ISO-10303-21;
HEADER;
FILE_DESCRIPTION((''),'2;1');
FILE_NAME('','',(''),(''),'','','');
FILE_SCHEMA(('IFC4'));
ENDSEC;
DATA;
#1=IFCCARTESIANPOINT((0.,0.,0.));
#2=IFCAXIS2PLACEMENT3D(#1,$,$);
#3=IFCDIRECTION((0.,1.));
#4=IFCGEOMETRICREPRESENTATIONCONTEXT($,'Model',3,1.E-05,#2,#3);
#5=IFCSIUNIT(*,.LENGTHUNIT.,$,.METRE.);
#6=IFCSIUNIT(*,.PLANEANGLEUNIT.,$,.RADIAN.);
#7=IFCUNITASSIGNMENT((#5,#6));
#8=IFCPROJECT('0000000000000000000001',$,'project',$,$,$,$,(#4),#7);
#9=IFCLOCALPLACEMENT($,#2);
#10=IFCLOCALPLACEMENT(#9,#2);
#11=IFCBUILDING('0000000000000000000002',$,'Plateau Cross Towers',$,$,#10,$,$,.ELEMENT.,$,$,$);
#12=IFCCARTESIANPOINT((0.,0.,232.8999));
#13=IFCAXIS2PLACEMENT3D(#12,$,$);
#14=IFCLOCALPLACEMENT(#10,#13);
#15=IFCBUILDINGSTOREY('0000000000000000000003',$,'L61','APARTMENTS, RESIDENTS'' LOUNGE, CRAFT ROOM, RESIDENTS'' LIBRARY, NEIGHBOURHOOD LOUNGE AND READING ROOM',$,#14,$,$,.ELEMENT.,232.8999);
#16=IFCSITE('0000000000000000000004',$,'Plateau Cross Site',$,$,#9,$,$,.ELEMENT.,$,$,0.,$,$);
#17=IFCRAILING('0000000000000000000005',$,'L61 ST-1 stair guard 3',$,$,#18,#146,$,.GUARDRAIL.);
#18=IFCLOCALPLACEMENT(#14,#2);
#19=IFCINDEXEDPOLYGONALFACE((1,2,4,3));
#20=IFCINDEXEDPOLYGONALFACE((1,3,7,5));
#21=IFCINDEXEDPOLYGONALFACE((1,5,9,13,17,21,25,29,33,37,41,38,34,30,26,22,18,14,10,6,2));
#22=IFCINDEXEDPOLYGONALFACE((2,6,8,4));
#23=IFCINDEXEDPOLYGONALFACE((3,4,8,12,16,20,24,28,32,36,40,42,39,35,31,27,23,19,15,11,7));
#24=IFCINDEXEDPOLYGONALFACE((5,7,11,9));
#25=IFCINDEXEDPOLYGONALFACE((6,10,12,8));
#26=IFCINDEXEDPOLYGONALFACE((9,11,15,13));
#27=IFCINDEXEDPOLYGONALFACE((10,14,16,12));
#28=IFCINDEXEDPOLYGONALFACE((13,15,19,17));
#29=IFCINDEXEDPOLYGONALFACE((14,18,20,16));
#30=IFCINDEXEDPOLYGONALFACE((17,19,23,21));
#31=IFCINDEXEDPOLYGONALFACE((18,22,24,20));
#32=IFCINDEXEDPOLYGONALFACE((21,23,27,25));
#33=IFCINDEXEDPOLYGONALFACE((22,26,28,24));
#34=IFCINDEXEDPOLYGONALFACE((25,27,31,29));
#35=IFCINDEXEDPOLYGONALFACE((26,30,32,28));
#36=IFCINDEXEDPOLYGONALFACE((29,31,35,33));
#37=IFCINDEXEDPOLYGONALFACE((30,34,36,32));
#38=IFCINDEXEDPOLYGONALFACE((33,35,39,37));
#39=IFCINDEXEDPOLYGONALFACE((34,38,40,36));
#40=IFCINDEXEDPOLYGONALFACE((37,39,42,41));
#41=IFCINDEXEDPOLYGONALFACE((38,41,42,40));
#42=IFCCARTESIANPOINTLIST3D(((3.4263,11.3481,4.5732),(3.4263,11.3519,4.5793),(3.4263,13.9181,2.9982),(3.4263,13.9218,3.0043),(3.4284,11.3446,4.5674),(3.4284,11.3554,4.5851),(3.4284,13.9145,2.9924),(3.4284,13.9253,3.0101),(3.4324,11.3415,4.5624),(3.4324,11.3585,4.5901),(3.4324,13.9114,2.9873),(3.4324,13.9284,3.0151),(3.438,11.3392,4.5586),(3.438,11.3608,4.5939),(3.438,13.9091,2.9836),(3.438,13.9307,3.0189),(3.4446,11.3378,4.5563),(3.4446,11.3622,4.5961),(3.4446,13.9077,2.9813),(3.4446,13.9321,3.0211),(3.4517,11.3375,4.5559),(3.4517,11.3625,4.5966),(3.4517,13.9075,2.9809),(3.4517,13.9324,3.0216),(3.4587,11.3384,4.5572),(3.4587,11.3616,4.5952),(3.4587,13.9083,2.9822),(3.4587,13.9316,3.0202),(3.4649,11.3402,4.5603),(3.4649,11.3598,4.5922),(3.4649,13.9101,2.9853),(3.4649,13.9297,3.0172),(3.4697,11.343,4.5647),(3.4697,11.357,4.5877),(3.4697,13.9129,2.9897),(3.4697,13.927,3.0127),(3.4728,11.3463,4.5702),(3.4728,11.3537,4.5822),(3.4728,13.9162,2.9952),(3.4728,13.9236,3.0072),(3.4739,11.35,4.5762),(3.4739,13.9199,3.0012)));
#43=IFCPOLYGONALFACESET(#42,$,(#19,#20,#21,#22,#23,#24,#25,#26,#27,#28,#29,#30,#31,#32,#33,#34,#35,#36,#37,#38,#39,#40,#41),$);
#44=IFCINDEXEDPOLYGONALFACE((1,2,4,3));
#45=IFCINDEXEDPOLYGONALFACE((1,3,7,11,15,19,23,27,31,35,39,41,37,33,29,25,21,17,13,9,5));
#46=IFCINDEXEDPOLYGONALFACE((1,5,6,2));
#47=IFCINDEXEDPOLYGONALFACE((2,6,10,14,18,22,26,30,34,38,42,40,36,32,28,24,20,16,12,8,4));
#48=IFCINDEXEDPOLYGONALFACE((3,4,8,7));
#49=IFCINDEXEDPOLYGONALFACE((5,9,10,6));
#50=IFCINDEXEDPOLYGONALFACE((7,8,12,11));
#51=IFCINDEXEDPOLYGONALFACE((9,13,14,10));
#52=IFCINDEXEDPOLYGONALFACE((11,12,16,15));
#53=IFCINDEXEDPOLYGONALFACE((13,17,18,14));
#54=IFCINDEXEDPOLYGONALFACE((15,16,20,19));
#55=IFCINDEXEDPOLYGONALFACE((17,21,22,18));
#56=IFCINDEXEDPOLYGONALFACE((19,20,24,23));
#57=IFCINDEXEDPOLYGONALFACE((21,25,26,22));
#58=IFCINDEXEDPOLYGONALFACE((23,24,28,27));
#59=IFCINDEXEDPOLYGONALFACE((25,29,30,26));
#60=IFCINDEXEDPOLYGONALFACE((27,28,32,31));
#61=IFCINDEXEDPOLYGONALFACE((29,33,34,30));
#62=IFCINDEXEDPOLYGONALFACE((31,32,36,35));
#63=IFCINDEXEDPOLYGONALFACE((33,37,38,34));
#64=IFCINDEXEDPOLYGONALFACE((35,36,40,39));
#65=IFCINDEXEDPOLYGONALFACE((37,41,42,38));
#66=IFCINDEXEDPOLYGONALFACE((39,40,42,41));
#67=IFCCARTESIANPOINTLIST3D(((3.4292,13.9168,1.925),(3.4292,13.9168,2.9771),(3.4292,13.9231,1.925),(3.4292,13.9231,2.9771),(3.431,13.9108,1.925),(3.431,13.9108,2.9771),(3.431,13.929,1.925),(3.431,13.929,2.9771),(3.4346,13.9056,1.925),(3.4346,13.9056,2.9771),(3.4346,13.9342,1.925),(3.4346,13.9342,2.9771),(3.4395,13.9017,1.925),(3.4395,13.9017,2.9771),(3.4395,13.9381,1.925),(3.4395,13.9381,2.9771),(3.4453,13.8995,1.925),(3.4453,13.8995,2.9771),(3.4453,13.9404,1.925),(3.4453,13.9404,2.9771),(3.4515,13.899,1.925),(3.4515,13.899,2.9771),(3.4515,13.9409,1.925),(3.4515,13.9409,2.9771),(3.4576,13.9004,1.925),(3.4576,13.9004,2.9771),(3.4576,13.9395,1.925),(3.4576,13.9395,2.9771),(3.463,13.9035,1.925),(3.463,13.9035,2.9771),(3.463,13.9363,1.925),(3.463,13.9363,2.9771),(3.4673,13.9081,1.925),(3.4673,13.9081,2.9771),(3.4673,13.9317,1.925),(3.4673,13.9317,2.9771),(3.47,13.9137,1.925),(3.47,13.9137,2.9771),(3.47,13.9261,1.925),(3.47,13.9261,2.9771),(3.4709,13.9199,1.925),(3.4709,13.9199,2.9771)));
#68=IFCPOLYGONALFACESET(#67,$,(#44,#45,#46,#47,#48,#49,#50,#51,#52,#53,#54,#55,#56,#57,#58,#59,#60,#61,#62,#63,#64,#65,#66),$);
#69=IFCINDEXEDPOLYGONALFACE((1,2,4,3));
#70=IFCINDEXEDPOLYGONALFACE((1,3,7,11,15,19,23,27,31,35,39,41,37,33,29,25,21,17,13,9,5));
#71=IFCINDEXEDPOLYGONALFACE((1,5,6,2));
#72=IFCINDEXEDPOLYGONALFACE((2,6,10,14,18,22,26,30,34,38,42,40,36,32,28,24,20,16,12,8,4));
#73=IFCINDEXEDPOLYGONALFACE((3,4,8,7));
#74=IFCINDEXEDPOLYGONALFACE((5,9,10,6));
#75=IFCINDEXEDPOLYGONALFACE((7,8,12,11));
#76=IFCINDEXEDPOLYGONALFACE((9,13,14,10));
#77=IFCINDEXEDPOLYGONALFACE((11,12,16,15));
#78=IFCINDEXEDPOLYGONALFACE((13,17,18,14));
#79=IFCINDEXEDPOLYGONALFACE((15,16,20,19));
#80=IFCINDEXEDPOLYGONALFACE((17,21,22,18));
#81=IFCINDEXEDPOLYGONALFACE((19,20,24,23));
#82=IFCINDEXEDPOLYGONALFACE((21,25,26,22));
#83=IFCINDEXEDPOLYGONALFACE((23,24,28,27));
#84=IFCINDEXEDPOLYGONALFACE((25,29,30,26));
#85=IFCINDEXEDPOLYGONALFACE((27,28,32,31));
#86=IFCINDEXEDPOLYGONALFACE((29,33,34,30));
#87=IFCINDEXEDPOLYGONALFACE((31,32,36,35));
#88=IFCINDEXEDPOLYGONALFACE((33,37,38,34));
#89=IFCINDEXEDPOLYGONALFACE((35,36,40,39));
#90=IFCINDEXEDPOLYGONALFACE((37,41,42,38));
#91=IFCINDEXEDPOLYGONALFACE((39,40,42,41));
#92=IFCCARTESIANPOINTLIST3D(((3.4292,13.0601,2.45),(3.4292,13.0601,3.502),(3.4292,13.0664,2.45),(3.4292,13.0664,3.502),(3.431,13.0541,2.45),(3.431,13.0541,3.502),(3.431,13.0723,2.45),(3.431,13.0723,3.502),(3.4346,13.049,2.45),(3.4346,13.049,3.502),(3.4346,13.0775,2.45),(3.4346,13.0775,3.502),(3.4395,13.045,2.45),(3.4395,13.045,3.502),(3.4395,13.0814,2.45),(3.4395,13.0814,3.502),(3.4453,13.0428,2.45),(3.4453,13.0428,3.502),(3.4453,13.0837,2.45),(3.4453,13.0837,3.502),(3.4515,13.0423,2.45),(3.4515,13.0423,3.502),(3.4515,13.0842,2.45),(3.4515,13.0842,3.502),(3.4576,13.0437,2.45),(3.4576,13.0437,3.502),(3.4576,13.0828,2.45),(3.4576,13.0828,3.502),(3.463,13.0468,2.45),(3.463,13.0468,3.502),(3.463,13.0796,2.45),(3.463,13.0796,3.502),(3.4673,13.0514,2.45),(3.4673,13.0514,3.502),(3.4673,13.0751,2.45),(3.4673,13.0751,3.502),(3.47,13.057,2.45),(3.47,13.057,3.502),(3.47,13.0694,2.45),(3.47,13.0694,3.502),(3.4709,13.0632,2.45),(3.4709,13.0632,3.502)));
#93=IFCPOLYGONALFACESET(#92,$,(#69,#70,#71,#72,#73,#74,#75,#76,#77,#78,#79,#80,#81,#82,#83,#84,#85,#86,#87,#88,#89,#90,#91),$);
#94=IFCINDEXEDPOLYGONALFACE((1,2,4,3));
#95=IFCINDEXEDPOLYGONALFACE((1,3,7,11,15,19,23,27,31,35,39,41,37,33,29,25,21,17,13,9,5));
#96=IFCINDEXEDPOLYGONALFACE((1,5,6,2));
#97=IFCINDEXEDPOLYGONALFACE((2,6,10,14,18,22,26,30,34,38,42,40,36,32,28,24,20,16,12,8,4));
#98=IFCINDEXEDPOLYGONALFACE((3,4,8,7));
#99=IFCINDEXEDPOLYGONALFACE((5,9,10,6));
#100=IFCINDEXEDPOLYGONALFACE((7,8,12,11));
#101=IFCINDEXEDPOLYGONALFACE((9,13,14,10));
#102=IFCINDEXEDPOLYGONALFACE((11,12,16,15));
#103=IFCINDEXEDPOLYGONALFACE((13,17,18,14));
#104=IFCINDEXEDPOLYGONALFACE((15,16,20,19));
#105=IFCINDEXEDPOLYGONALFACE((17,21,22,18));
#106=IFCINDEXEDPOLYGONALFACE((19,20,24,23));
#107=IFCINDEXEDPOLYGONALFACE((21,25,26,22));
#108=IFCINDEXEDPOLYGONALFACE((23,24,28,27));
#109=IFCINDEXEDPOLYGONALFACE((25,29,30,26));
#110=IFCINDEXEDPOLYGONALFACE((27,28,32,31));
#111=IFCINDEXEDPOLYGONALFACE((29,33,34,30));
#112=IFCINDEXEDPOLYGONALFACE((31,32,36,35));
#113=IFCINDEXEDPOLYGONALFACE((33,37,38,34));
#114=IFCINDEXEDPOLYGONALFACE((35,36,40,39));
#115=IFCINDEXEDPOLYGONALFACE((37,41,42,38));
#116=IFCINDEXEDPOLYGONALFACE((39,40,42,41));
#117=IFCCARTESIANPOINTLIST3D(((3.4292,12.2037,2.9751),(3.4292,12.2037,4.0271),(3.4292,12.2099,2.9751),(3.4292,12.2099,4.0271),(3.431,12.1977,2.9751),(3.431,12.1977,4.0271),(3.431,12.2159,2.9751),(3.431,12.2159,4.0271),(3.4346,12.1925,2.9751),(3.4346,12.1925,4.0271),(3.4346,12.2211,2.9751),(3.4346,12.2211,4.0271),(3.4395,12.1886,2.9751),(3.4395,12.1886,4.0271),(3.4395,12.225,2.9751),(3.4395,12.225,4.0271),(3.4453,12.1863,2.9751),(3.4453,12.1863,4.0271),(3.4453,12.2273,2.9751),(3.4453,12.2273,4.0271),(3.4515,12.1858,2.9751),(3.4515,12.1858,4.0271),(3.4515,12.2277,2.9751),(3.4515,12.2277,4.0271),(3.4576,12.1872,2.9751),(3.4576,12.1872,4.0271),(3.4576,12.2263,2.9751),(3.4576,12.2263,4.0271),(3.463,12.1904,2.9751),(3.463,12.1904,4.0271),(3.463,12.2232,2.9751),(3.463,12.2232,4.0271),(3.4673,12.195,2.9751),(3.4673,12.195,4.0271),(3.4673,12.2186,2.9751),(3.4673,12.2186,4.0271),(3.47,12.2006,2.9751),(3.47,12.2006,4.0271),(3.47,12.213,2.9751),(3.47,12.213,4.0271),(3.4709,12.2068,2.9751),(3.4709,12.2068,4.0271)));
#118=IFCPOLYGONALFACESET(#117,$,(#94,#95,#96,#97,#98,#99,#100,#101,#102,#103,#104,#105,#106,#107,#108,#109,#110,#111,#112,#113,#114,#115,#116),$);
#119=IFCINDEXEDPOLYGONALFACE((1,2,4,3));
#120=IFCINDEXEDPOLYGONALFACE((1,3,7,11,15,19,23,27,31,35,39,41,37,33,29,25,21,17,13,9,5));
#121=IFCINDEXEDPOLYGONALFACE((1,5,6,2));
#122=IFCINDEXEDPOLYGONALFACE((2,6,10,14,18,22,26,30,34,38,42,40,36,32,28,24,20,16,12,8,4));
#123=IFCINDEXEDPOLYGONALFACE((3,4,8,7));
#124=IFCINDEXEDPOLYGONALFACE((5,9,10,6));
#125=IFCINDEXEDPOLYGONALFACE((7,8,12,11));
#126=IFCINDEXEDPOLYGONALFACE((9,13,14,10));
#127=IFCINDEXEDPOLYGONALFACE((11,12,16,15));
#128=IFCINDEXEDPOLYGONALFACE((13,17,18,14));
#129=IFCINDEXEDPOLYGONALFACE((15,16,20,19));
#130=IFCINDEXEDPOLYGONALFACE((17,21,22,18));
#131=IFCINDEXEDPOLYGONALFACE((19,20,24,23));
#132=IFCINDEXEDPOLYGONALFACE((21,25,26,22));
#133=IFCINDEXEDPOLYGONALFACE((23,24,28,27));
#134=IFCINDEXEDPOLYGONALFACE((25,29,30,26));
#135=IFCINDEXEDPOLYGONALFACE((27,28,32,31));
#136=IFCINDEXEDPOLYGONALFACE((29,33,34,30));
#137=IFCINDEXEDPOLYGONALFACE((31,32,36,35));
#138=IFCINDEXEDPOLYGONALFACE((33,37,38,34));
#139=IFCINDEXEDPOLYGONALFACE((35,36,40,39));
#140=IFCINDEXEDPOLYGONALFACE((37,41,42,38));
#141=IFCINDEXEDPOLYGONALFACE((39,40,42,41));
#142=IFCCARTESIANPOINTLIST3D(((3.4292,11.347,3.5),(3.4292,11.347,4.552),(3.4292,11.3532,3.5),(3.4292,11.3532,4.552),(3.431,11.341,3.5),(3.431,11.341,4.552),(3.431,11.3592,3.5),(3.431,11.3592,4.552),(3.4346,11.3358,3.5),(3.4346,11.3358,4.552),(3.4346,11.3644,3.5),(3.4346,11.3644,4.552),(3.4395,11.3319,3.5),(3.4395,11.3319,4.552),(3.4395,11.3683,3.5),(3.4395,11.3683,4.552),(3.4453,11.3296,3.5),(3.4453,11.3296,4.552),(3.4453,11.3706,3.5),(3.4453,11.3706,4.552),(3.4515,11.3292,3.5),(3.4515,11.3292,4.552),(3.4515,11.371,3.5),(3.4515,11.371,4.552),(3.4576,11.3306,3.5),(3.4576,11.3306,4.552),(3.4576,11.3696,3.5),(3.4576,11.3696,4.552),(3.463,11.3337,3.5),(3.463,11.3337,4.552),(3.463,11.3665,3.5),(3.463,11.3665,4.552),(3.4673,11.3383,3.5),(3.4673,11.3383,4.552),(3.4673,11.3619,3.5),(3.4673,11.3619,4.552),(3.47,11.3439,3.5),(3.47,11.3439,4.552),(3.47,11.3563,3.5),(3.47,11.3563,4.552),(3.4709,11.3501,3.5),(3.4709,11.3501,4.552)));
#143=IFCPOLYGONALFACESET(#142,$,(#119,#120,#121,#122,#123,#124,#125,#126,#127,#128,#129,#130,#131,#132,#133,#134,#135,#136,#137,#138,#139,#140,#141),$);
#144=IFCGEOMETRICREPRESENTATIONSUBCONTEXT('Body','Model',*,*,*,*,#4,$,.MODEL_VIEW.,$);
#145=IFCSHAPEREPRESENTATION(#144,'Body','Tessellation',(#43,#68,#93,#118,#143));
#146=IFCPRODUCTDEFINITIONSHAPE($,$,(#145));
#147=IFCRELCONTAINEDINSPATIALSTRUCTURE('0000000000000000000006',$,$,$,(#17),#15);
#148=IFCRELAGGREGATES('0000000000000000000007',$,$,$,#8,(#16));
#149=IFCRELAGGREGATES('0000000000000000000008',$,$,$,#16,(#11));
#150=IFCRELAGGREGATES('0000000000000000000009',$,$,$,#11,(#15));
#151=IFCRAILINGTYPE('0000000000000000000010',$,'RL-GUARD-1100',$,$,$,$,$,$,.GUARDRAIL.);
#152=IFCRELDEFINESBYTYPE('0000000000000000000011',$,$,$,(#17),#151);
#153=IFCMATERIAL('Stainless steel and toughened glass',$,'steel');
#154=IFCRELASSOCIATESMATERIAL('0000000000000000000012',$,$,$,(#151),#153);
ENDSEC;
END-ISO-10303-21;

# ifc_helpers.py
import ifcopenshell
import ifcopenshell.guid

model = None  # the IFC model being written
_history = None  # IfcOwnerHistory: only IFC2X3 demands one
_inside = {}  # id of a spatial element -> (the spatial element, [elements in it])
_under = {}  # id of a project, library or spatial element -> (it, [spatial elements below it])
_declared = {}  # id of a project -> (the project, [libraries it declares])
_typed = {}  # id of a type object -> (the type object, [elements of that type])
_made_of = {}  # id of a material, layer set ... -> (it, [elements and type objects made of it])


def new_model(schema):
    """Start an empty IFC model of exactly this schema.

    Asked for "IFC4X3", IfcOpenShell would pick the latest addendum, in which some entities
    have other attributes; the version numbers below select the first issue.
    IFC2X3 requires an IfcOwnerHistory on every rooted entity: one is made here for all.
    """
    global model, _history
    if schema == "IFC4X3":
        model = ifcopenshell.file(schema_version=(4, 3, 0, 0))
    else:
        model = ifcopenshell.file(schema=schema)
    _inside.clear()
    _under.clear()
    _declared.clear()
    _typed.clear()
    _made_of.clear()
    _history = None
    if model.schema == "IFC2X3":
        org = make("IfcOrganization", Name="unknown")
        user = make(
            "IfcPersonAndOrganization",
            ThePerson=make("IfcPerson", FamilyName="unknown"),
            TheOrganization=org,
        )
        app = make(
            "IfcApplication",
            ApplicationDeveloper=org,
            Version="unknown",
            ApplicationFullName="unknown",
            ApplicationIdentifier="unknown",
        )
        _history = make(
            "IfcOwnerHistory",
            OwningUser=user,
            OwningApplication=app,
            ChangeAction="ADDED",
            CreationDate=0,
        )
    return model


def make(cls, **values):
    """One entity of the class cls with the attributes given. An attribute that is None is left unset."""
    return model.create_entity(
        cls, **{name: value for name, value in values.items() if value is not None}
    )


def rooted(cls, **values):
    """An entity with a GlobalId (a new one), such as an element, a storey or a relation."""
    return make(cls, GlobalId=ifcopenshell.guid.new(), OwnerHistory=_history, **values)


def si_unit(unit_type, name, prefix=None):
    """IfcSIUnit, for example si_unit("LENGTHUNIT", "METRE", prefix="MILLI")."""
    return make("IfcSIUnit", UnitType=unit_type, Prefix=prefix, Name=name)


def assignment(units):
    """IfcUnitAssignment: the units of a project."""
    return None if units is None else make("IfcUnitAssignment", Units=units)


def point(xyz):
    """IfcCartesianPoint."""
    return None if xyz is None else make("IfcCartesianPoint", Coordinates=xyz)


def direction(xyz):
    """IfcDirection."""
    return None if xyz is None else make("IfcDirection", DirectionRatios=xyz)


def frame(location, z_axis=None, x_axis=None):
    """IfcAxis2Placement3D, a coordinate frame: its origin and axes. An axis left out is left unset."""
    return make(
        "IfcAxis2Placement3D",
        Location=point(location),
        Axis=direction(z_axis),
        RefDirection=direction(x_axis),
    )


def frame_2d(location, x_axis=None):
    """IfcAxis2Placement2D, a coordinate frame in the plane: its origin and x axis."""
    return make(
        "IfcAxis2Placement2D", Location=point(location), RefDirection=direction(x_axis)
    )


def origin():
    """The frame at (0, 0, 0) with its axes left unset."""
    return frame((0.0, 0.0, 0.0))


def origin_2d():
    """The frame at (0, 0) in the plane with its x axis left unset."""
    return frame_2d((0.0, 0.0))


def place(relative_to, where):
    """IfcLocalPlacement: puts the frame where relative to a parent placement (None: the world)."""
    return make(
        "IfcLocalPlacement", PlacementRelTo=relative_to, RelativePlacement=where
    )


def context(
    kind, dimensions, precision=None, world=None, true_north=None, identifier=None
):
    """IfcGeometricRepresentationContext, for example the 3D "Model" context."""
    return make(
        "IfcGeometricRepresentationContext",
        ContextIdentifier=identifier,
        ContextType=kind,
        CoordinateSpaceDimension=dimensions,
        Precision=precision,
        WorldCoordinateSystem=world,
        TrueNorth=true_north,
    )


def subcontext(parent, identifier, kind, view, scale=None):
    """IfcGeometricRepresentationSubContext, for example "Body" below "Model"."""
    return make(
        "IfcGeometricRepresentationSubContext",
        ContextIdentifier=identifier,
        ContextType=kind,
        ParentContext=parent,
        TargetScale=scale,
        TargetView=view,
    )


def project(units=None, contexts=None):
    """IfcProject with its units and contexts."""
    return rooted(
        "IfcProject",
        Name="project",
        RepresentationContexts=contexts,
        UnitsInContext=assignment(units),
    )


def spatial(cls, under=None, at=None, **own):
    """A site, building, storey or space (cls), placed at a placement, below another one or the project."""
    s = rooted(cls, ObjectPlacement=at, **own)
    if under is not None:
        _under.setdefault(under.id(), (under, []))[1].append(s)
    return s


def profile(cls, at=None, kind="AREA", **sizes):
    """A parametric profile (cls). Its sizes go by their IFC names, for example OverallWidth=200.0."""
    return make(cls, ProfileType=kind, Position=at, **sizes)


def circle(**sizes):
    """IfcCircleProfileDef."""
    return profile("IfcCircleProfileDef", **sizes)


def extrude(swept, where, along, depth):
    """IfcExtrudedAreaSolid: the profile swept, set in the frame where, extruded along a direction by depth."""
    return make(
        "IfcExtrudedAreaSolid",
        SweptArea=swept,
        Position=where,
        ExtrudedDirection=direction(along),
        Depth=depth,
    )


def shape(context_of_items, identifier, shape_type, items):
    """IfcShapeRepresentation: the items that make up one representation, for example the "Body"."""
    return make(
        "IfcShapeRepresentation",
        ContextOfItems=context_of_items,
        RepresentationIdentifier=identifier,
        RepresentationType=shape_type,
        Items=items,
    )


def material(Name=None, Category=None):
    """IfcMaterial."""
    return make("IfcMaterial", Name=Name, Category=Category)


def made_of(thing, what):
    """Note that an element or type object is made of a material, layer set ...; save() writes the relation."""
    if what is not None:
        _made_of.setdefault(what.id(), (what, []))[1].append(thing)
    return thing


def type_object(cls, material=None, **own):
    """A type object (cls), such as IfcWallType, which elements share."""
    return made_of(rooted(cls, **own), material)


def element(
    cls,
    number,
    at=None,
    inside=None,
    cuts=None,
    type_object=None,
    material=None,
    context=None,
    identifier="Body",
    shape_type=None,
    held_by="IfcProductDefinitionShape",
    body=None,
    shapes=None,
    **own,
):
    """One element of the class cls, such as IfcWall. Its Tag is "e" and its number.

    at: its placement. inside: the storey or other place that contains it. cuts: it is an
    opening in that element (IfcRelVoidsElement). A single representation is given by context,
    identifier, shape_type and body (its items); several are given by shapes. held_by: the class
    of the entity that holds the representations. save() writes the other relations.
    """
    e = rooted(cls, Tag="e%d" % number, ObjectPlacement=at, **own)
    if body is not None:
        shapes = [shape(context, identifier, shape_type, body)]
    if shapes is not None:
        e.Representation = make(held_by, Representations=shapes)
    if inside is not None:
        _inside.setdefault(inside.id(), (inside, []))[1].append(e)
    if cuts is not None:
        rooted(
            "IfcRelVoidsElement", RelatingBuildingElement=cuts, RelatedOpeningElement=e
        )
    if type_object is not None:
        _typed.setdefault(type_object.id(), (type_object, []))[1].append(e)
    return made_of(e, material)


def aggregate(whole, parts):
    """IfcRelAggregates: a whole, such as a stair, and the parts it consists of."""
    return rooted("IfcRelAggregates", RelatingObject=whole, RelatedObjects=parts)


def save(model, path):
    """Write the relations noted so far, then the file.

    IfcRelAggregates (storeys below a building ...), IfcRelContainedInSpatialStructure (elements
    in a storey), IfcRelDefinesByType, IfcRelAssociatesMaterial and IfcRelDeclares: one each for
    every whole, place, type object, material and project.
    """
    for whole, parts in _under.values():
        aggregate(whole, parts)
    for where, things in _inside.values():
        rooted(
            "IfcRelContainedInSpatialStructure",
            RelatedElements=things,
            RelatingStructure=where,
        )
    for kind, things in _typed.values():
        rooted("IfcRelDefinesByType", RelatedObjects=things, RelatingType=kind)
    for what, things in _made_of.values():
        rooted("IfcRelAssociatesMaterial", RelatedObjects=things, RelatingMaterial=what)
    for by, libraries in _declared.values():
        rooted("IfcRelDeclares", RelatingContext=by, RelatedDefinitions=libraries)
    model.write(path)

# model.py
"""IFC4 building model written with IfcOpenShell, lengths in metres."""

from ifc_helpers import new_model, si_unit, direction, frame, origin, origin_2d, place, context, subcontext, project, spatial, circle, extrude, material, type_object, element, save


model = new_model("IFC4")

# Units and contexts
model_context = context("Model", 3, precision=1e-05, world=origin(), true_north=direction((0.0, 1.0)))
body_context = subcontext(model_context, "Body", "Model", "MODEL_VIEW")
ifc_project = project(units=[si_unit("LENGTHUNIT", "METRE"), si_unit("PLANEANGLEUNIT", "RADIAN")], contexts=[model_context])

# Site, building, storey
site_placement = place(None, origin())
site = spatial("IfcSite", under=ifc_project, at=site_placement, Name="Plateau Cross Site", CompositionType="ELEMENT", RefElevation=0.0)
building_placement = place(site_placement, origin())
building = spatial("IfcBuilding", under=site, at=building_placement, Name="Plateau Cross Towers", CompositionType="ELEMENT")
storey_placement = place(building_placement, frame((0.0, 0.0, 232.8999)))
storey = spatial("IfcBuildingStorey", under=building, at=storey_placement, Name="L61", Description="APARTMENTS, RESIDENTS' LOUNGE, CRAFT ROOM, RESIDENTS' LIBRARY, NEIGHBOURHOOD LOUNGE AND READING ROOM", CompositionType="ELEMENT", Elevation=232.8999)

# Railing
ifc_material_1 = material(Name="Stainless steel and toughened glass", Category="steel")
railing_type_1 = type_object("IfcRailingType", Name="RL-GUARD-1100", PredefinedType="GUARDRAIL", material=ifc_material_1)
railing_1_placement = place(storey_placement, frame((3.45, 13.9199, 1.925)))
element("IfcRailing", 1, at=railing_1_placement, inside=storey, type_object=railing_type_1, Name="L61 ST-1 stair guard 3", PredefinedType="GUARDRAIL", context=body_context, shape_type="SweptSolid", body=[
    extrude(circle(Radius=0.0239, at=origin_2d()), frame((0.0, 0.0, 1.0762), z_axis=(0.0, -0.852616, 0.522537), x_axis=(1.0, 0.0, 0.0)), (0.0, 0.0, 1.0), 3.0142),
    extrude(circle(Radius=0.021, at=origin_2d()), origin(), (0.0, 0.0, 1.0), 1.052),
    extrude(circle(Radius=0.021, at=origin_2d()), frame((0.0, -0.8567, 0.5249)), (0.0, 0.0, 1.0), 1.052),
    extrude(circle(Radius=0.021, at=origin_2d()), frame((0.0, -1.7131, 1.05)), (0.0, 0.0, 1.0), 1.052),
    extrude(circle(Radius=0.021, at=origin_2d()), frame((0.0, -2.5698, 1.575)), (0.0, 0.0, 1.0), 1.052),
])

save(model, "model.ifc")
